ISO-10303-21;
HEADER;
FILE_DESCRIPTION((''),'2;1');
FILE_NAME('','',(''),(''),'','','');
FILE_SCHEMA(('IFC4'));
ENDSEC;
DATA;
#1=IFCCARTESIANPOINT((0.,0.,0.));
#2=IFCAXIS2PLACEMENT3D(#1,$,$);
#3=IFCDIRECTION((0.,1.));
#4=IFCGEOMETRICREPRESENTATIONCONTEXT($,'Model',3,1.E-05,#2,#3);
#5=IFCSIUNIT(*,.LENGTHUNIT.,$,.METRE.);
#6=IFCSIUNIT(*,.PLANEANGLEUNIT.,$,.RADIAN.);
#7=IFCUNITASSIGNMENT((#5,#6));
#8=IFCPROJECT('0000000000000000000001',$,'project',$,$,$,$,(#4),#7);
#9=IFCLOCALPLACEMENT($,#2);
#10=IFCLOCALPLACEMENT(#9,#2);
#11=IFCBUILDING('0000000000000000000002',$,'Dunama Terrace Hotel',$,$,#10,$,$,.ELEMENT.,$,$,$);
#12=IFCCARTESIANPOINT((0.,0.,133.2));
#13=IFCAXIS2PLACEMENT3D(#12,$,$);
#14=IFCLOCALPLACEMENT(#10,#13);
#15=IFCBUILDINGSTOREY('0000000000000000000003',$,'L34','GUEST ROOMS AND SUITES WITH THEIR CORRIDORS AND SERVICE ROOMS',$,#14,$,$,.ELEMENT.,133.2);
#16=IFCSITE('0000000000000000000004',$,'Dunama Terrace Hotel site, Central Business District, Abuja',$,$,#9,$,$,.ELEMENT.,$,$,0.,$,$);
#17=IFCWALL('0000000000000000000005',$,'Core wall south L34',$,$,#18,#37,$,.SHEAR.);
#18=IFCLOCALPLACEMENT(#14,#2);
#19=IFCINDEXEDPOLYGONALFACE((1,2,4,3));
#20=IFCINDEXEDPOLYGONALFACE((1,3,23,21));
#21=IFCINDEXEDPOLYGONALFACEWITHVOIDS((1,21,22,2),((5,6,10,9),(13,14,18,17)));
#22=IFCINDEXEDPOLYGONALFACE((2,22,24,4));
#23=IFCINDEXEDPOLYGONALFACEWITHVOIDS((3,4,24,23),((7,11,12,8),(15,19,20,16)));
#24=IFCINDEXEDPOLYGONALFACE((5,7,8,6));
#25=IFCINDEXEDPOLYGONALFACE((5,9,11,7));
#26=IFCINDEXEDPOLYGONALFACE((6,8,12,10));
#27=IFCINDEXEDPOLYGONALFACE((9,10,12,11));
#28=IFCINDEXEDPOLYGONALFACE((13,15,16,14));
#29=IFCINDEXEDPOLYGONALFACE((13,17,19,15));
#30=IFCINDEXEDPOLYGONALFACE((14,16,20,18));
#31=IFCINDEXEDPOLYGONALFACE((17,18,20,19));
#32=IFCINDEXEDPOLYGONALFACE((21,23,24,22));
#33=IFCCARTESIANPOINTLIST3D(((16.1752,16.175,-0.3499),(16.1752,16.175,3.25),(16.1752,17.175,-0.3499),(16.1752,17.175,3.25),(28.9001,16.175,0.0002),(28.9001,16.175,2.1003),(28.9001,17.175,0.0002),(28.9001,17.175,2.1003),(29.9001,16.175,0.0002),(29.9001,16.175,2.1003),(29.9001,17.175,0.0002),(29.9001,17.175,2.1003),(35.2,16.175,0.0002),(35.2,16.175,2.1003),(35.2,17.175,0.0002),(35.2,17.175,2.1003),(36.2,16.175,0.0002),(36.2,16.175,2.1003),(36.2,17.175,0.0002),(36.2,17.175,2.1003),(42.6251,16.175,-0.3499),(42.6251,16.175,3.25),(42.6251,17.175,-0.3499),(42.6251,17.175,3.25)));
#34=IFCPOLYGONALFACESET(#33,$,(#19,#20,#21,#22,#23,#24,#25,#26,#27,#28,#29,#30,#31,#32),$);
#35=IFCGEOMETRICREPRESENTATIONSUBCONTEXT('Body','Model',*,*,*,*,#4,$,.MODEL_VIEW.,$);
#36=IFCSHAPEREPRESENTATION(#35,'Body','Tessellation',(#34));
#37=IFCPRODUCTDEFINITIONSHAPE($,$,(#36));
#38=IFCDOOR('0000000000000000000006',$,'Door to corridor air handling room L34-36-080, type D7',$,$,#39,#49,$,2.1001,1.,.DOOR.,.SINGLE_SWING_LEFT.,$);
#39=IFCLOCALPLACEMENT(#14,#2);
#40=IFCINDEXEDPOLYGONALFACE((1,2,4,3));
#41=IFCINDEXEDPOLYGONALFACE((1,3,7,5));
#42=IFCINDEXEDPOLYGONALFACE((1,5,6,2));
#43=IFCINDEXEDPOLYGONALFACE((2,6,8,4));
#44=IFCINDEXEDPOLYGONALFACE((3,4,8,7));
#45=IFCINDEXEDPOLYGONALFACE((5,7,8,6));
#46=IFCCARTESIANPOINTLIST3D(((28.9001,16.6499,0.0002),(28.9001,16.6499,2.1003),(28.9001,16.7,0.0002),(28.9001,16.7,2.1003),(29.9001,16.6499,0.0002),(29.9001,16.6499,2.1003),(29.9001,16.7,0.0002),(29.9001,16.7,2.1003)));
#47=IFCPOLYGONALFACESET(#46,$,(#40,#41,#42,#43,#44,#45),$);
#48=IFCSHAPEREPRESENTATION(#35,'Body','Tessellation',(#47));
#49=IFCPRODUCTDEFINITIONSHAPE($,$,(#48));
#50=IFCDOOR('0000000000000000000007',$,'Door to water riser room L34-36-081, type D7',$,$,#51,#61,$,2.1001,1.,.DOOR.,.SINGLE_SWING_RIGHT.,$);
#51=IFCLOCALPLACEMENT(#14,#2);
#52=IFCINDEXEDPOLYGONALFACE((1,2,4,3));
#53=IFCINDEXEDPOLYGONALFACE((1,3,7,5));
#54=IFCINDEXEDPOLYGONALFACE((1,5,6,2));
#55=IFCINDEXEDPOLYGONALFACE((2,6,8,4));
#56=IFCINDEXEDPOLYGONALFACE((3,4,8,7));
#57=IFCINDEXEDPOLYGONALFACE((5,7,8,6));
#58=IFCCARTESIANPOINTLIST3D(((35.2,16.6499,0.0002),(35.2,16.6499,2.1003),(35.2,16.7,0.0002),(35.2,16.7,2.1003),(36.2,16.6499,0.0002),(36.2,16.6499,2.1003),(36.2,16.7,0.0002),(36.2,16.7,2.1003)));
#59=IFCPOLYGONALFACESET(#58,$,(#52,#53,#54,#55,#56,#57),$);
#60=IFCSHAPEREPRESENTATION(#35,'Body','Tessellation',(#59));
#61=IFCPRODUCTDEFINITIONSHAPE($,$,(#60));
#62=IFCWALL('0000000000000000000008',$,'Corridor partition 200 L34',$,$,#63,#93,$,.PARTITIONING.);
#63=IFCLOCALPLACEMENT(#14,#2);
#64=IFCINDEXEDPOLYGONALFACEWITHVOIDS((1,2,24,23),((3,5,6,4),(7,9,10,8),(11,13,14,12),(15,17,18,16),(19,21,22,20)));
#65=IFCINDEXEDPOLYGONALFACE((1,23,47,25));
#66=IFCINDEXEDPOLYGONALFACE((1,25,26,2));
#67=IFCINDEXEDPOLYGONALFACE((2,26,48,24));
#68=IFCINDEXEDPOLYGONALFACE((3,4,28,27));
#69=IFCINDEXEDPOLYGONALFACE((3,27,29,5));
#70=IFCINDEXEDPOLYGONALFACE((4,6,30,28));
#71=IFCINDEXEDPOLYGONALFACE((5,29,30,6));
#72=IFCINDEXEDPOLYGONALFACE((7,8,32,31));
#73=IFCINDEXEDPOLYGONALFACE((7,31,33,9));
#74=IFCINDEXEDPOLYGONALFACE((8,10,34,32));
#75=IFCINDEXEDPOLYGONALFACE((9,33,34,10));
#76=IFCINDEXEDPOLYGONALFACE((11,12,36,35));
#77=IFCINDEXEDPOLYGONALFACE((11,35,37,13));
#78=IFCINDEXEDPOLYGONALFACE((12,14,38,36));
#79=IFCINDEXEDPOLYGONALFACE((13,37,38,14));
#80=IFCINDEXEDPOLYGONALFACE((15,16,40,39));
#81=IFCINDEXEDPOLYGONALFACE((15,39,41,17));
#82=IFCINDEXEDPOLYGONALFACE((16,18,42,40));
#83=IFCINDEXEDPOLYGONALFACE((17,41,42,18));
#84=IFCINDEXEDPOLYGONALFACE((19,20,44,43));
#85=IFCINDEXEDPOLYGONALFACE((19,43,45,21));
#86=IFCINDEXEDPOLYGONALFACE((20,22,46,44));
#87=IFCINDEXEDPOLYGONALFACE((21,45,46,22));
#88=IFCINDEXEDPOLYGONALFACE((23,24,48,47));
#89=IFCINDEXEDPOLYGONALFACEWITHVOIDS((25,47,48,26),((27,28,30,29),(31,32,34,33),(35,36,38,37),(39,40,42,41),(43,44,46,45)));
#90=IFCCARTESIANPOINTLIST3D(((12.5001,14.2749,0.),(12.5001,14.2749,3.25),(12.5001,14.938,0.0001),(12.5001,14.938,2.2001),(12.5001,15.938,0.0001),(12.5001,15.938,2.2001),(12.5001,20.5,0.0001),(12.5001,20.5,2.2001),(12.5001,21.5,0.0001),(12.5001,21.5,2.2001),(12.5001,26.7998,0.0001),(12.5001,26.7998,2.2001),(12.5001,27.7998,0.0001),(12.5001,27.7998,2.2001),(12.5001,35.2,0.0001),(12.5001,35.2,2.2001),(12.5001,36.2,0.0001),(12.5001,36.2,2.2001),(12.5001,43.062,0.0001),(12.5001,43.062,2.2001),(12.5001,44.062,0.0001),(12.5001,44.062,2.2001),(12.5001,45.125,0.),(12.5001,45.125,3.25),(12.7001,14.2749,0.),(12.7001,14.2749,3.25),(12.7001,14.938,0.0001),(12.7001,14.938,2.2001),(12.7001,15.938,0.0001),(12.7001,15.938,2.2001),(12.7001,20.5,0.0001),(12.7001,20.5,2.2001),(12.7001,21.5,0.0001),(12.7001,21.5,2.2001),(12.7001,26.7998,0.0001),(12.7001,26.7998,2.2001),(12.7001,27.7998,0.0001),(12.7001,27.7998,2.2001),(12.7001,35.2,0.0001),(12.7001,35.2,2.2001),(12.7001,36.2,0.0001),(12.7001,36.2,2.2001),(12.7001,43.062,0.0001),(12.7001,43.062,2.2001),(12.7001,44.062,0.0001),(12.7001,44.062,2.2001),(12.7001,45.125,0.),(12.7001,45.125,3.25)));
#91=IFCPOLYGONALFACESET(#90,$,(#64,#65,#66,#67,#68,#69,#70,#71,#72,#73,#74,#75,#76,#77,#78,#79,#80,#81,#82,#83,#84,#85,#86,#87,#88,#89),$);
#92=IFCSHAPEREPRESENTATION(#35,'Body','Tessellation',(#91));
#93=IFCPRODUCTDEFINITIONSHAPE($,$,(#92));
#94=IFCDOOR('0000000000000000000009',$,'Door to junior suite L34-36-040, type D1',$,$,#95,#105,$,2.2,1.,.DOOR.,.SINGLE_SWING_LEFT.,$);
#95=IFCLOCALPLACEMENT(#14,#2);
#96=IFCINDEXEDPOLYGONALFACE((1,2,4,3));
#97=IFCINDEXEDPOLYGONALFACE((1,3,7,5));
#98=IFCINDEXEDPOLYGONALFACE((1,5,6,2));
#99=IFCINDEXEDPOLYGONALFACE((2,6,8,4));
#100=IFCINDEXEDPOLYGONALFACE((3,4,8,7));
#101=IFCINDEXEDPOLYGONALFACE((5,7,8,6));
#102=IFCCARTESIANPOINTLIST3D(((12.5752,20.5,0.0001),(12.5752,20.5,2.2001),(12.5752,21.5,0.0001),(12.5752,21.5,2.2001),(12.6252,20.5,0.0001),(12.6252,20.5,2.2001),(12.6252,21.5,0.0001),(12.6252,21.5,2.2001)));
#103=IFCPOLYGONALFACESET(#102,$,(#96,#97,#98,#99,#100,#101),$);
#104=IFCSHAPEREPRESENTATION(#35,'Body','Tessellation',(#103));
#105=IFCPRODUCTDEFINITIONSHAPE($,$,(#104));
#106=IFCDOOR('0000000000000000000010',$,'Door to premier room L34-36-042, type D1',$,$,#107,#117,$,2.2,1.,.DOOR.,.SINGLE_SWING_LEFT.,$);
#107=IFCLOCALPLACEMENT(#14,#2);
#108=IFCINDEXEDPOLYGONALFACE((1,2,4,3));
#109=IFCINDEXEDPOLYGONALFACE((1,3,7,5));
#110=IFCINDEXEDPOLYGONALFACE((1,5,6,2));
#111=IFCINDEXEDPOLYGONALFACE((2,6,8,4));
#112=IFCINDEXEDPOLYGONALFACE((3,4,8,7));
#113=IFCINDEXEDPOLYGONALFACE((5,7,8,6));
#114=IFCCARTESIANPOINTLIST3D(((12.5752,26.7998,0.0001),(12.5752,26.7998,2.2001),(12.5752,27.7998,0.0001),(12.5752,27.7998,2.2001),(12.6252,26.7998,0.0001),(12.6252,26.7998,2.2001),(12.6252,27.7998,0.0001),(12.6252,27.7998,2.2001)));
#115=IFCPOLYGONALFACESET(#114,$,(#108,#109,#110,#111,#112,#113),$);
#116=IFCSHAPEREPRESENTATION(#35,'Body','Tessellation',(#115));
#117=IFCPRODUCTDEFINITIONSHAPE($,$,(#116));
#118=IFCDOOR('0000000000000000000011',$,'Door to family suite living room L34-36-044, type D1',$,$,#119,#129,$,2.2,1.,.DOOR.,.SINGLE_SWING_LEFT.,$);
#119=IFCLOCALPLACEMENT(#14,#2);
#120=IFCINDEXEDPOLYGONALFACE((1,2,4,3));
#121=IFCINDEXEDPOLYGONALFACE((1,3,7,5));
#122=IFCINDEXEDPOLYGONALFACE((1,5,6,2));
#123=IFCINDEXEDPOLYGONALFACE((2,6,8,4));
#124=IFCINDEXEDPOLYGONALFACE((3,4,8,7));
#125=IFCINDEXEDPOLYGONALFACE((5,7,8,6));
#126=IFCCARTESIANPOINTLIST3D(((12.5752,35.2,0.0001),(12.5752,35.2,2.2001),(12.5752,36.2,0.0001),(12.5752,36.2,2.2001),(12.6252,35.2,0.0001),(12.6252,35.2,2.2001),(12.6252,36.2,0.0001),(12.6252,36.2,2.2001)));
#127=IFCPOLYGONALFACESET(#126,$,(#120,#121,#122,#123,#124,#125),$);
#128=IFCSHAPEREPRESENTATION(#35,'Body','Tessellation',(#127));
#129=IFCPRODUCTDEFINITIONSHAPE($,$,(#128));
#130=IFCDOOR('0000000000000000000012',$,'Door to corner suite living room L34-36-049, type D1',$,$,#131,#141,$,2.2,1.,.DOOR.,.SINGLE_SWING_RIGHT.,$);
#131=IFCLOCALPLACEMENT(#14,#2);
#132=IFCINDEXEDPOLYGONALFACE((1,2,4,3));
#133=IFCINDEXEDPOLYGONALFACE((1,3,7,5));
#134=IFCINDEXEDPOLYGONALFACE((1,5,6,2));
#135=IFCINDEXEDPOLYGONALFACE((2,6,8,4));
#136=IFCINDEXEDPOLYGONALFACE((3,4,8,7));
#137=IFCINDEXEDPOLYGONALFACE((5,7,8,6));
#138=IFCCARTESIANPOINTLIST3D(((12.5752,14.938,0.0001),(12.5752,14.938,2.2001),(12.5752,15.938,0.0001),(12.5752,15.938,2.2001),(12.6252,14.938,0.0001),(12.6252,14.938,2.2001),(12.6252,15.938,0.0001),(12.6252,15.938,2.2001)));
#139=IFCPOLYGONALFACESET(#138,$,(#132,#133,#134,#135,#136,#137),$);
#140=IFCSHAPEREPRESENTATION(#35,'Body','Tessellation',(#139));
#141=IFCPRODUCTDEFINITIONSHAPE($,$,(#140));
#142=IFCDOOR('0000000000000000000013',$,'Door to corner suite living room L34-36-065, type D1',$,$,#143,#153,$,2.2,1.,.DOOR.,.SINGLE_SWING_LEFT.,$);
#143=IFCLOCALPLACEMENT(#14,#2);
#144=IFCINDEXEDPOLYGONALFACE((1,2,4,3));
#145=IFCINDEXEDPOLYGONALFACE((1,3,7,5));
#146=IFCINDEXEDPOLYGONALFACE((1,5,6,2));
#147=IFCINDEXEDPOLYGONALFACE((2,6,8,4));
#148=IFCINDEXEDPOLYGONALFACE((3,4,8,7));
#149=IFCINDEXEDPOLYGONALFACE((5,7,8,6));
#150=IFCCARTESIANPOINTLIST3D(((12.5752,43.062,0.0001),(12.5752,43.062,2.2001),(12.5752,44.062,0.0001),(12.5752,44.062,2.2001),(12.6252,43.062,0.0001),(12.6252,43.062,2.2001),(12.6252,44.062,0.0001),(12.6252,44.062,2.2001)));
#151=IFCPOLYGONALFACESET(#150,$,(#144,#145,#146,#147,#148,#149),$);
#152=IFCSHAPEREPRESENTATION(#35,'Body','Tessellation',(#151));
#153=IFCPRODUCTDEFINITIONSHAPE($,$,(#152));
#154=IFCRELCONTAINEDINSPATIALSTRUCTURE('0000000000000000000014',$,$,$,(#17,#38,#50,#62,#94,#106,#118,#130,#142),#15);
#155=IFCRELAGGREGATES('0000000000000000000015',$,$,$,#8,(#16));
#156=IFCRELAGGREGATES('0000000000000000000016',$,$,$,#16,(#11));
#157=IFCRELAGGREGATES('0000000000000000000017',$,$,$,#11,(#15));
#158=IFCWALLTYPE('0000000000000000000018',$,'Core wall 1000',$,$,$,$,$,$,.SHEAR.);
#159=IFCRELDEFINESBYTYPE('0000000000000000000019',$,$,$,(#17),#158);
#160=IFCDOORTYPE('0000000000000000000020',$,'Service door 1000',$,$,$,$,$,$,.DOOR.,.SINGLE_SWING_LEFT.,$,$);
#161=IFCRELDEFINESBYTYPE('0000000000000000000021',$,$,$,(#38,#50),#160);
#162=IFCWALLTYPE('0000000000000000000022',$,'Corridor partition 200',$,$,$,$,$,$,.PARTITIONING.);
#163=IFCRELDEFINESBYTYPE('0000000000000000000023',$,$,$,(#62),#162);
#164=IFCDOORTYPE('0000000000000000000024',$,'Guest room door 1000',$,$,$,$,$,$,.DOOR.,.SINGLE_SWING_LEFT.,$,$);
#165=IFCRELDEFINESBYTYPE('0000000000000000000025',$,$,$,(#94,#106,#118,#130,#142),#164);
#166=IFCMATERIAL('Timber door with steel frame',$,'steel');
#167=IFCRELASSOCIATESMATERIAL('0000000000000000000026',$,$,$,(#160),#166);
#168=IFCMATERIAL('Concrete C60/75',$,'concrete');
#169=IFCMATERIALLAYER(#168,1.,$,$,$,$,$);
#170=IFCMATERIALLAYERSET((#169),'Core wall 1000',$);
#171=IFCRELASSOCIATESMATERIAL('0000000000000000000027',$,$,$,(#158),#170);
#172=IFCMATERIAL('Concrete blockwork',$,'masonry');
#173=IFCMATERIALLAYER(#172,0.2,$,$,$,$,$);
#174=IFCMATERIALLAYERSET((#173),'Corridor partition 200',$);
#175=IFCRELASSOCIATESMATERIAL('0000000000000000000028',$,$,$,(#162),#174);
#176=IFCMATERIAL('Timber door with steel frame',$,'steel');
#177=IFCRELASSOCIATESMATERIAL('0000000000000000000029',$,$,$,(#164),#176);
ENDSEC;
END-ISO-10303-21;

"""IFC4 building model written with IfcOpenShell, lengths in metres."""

from ifc_helpers import new_model, si_unit, direction, frame, frame_2d, origin, place, context, subcontext, project, spatial, rectangle, extrude, material, layer, layer_set, type_object, element, fill, save


model = new_model("IFC4")

# Units and contexts
model_context = context("Model", 3, precision=1e-05, world=origin(), true_north=direction((0.0, 1.0)))
body_context = subcontext(model_context, "Body", "Model", "MODEL_VIEW")
ifc_project = project(units=[si_unit("LENGTHUNIT", "METRE"), si_unit("PLANEANGLEUNIT", "RADIAN")], contexts=[model_context])

# Site, building, storey
site_placement = place(None, origin())
site = spatial("IfcSite", under=ifc_project, at=site_placement, Name="Dunama Terrace Hotel site, Central Business District, Abuja", CompositionType="ELEMENT", RefElevation=0.0)
building_placement = place(site_placement, origin())
building = spatial("IfcBuilding", under=site, at=building_placement, Name="Dunama Terrace Hotel", CompositionType="ELEMENT")
storey_placement = place(building_placement, frame((0.0, 0.0, 133.2)))
storey = spatial("IfcBuildingStorey", under=building, at=storey_placement, Name="L34", Description="GUEST ROOMS AND SUITES WITH THEIR CORRIDORS AND SERVICE ROOMS", CompositionType="ELEMENT", Elevation=133.2)

# Shared definitions
ifc_material_1 = material(Name="Timber door with steel frame", Category="steel")
door_type_1 = type_object("IfcDoorType", Name="Service door 1000", OperationType="SINGLE_SWING_LEFT", PredefinedType="DOOR", material=ifc_material_1)

# Walls, openings, doors
ifc_material_2 = material(Name="Concrete C60/75", Category="concrete")
ifc_layer_1 = layer(ifc_material_2, 1.0)
ifc_layer_set_1 = layer_set([ifc_layer_1], Name="Core wall 1000")
wall_type_1 = type_object("IfcWallType", Name="Core wall 1000", PredefinedType="SHEAR", material=ifc_layer_set_1)
wall_1_placement = place(storey_placement, frame((16.175, 16.675, -0.3499), z_axis=(0.0, 0.0, 1.0), x_axis=(1.0, 0.0, 0.0)))
wall_1 = element("IfcWall", 1, at=wall_1_placement, inside=storey, type_object=wall_type_1, Name="Core wall south L34", PredefinedType="SHEAR", context=body_context, shape_type="SweptSolid", body=[
    extrude(rectangle(XDim=26.45, YDim=1.0, at=frame_2d((13.2251, 0.0))), origin(), (0.0, 0.0, 1.0), 3.5999),
])
opening_1_placement = place(wall_1_placement, frame((12.7251, 0.0, 0.3501)))
opening_1 = element("IfcOpeningElement", 2, at=opening_1_placement, cuts=wall_1, PredefinedType="OPENING", context=body_context, shape_type="SweptSolid", body=[
    extrude(rectangle(XDim=1.0, YDim=2.1001, at=frame_2d((0.5, 1.05))), frame((0.0, 0.51, 0.0), z_axis=(0.0, -1.0, 0.0), x_axis=(1.0, 0.0, 0.0)), (0.0, 0.0, 1.0), 1.02),
])
opening_2_placement = place(wall_1_placement, frame((19.0249, 0.0, 0.3501)))
opening_2 = element("IfcOpeningElement", 3, at=opening_2_placement, cuts=wall_1, PredefinedType="OPENING", context=body_context, shape_type="SweptSolid", body=[
    extrude(rectangle(XDim=1.0, YDim=2.1001, at=frame_2d((0.5, 1.05))), frame((0.0, 0.51, 0.0), z_axis=(0.0, -1.0, 0.0), x_axis=(1.0, 0.0, 0.0)), (0.0, 0.0, 1.0), 1.02),
])
door_1_placement = place(opening_1_placement, origin())
door_1 = element("IfcDoor", 4, at=door_1_placement, inside=storey, type_object=door_type_1, Name="Door to corridor air handling room L34-36-080, type D7", OperationType="SINGLE_SWING_LEFT", OverallHeight=2.1001, OverallWidth=1.0, PredefinedType="DOOR", context=body_context, shape_type="SweptSolid", body=[
    extrude(rectangle(XDim=1.0, YDim=2.1001, at=frame_2d((0.5, 1.05))), frame((0.0, 0.0249, 0.0), z_axis=(0.0, -1.0, 0.0), x_axis=(1.0, 0.0, 0.0)), (0.0, 0.0, 1.0), 0.05),
])
fill(opening_1, door_1)
door_2_placement = place(opening_2_placement, origin())
door_2 = element("IfcDoor", 5, at=door_2_placement, inside=storey, type_object=door_type_1, Name="Door to water riser room L34-36-081, type D7", OperationType="SINGLE_SWING_RIGHT", OverallHeight=2.1001, OverallWidth=1.0, PredefinedType="DOOR", context=body_context, shape_type="SweptSolid", body=[
    extrude(rectangle(XDim=1.0, YDim=2.1001, at=frame_2d((0.5, 1.05))), frame((0.0, 0.0249, 0.0), z_axis=(0.0, -1.0, 0.0), x_axis=(1.0, 0.0, 0.0)), (0.0, 0.0, 1.0), 0.05),
])
fill(opening_2, door_2)
ifc_material_3 = material(Name="Concrete blockwork", Category="masonry")
ifc_layer_2 = layer(ifc_material_3, 0.2)
ifc_layer_set_2 = layer_set([ifc_layer_2], Name="Corridor partition 200")
wall_type_2 = type_object("IfcWallType", Name="Corridor partition 200", PredefinedType="PARTITIONING", material=ifc_layer_set_2)
wall_2_placement = place(storey_placement, frame((12.6001, 14.2749, 0.0), z_axis=(0.0, 0.0, 1.0), x_axis=(0.0, 1.0, 0.0)))
wall_2 = element("IfcWall", 6, at=wall_2_placement, inside=storey, type_object=wall_type_2, Name="Corridor partition 200 L34", PredefinedType="PARTITIONING", context=body_context, shape_type="SweptSolid", body=[
    extrude(rectangle(XDim=30.8501, YDim=0.2, at=frame_2d((15.425, 0.0))), origin(), (0.0, 0.0, 1.0), 3.25),
])
opening_3_placement = place(wall_2_placement, frame((6.2251, 0.0, 0.0)))
opening_3 = element("IfcOpeningElement", 7, at=opening_3_placement, cuts=wall_2, PredefinedType="OPENING", context=body_context, shape_type="SweptSolid", body=[
    extrude(rectangle(XDim=1.0, YDim=2.2, at=frame_2d((0.5, 1.1001))), frame((0.0, 0.1099, 0.0), z_axis=(0.0, -1.0, 0.0), x_axis=(1.0, 0.0, 0.0)), (0.0, 0.0, 1.0), 0.22),
])
opening_4_placement = place(wall_2_placement, frame((12.5249, 0.0, 0.0)))
opening_4 = element("IfcOpeningElement", 8, at=opening_4_placement, cuts=wall_2, PredefinedType="OPENING", context=body_context, shape_type="SweptSolid", body=[
    extrude(rectangle(XDim=1.0, YDim=2.2, at=frame_2d((0.5, 1.1001))), frame((0.0, 0.1099, 0.0), z_axis=(0.0, -1.0, 0.0), x_axis=(1.0, 0.0, 0.0)), (0.0, 0.0, 1.0), 0.22),
])
opening_5_placement = place(wall_2_placement, frame((20.925, 0.0, 0.0)))
opening_5 = element("IfcOpeningElement", 9, at=opening_5_placement, cuts=wall_2, PredefinedType="OPENING", context=body_context, shape_type="SweptSolid", body=[
    extrude(rectangle(XDim=1.0, YDim=2.2, at=frame_2d((0.5, 1.1001))), frame((0.0, 0.1099, 0.0), z_axis=(0.0, -1.0, 0.0), x_axis=(1.0, 0.0, 0.0)), (0.0, 0.0, 1.0), 0.22),
])
opening_6_placement = place(wall_2_placement, frame((0.6631, 0.0, 0.0)))
opening_6 = element("IfcOpeningElement", 10, at=opening_6_placement, cuts=wall_2, PredefinedType="OPENING", context=body_context, shape_type="SweptSolid", body=[
    extrude(rectangle(XDim=1.0, YDim=2.2, at=frame_2d((0.5, 1.1001))), frame((0.0, 0.1099, 0.0), z_axis=(0.0, -1.0, 0.0), x_axis=(1.0, 0.0, 0.0)), (0.0, 0.0, 1.0), 0.22),
])
opening_7_placement = place(wall_2_placement, frame((28.7871, 0.0, 0.0)))
opening_7 = element("IfcOpeningElement", 11, at=opening_7_placement, cuts=wall_2, PredefinedType="OPENING", context=body_context, shape_type="SweptSolid", body=[
    extrude(rectangle(XDim=1.0, YDim=2.2, at=frame_2d((0.5, 1.1001))), frame((0.0, 0.1099, 0.0), z_axis=(0.0, -1.0, 0.0), x_axis=(1.0, 0.0, 0.0)), (0.0, 0.0, 1.0), 0.22),
])
ifc_material_4 = material(Name="Timber door with steel frame", Category="steel")
door_type_2 = type_object("IfcDoorType", Name="Guest room door 1000", OperationType="SINGLE_SWING_LEFT", PredefinedType="DOOR", material=ifc_material_4)
door_3_placement = place(opening_3_placement, origin())
door_3 = element("IfcDoor", 12, at=door_3_placement, inside=storey, type_object=door_type_2, Name="Door to junior suite L34-36-040, type D1", OperationType="SINGLE_SWING_LEFT", OverallHeight=2.2, OverallWidth=1.0, PredefinedType="DOOR", context=body_context, shape_type="SweptSolid", body=[
    extrude(rectangle(XDim=1.0, YDim=2.2, at=frame_2d((0.5, 1.1001))), frame((0.0, 0.0249, 0.0), z_axis=(0.0, -1.0, 0.0), x_axis=(1.0, 0.0, 0.0)), (0.0, 0.0, 1.0), 0.05),
])
fill(opening_3, door_3)
door_4_placement = place(opening_4_placement, origin())
door_4 = element("IfcDoor", 13, at=door_4_placement, inside=storey, type_object=door_type_2, Name="Door to premier room L34-36-042, type D1", OperationType="SINGLE_SWING_LEFT", OverallHeight=2.2, OverallWidth=1.0, PredefinedType="DOOR", context=body_context, shape_type="SweptSolid", body=[
    extrude(rectangle(XDim=1.0, YDim=2.2, at=frame_2d((0.5, 1.1001))), frame((0.0, 0.0249, 0.0), z_axis=(0.0, -1.0, 0.0), x_axis=(1.0, 0.0, 0.0)), (0.0, 0.0, 1.0), 0.05),
])
fill(opening_4, door_4)
door_5_placement = place(opening_5_placement, origin())
door_5 = element("IfcDoor", 14, at=door_5_placement, inside=storey, type_object=door_type_2, Name="Door to family suite living room L34-36-044, type D1", OperationType="SINGLE_SWING_LEFT", OverallHeight=2.2, OverallWidth=1.0, PredefinedType="DOOR", context=body_context, shape_type="SweptSolid", body=[
    extrude(rectangle(XDim=1.0, YDim=2.2, at=frame_2d((0.5, 1.1001))), frame((0.0, 0.0249, 0.0), z_axis=(0.0, -1.0, 0.0), x_axis=(1.0, 0.0, 0.0)), (0.0, 0.0, 1.0), 0.05),
])
fill(opening_5, door_5)
door_6_placement = place(opening_6_placement, origin())
door_6 = element("IfcDoor", 15, at=door_6_placement, inside=storey, type_object=door_type_2, Name="Door to corner suite living room L34-36-049, type D1", OperationType="SINGLE_SWING_RIGHT", OverallHeight=2.2, OverallWidth=1.0, PredefinedType="DOOR", context=body_context, shape_type="SweptSolid", body=[
    extrude(rectangle(XDim=1.0, YDim=2.2, at=frame_2d((0.5, 1.1001))), frame((0.0, 0.0249, 0.0), z_axis=(0.0, -1.0, 0.0), x_axis=(1.0, 0.0, 0.0)), (0.0, 0.0, 1.0), 0.05),
])
fill(opening_6, door_6)
door_7_placement = place(opening_7_placement, origin())
door_7 = element("IfcDoor", 16, at=door_7_placement, inside=storey, type_object=door_type_2, Name="Door to corner suite living room L34-36-065, type D1", OperationType="SINGLE_SWING_LEFT", OverallHeight=2.2, OverallWidth=1.0, PredefinedType="DOOR", context=body_context, shape_type="SweptSolid", body=[
    extrude(rectangle(XDim=1.0, YDim=2.2, at=frame_2d((0.5, 1.1001))), frame((0.0, 0.0249, 0.0), z_axis=(0.0, -1.0, 0.0), x_axis=(1.0, 0.0, 0.0)), (0.0, 0.0, 1.0), 0.05),
])
fill(opening_7, door_7)

save(model, "model.ifc")
